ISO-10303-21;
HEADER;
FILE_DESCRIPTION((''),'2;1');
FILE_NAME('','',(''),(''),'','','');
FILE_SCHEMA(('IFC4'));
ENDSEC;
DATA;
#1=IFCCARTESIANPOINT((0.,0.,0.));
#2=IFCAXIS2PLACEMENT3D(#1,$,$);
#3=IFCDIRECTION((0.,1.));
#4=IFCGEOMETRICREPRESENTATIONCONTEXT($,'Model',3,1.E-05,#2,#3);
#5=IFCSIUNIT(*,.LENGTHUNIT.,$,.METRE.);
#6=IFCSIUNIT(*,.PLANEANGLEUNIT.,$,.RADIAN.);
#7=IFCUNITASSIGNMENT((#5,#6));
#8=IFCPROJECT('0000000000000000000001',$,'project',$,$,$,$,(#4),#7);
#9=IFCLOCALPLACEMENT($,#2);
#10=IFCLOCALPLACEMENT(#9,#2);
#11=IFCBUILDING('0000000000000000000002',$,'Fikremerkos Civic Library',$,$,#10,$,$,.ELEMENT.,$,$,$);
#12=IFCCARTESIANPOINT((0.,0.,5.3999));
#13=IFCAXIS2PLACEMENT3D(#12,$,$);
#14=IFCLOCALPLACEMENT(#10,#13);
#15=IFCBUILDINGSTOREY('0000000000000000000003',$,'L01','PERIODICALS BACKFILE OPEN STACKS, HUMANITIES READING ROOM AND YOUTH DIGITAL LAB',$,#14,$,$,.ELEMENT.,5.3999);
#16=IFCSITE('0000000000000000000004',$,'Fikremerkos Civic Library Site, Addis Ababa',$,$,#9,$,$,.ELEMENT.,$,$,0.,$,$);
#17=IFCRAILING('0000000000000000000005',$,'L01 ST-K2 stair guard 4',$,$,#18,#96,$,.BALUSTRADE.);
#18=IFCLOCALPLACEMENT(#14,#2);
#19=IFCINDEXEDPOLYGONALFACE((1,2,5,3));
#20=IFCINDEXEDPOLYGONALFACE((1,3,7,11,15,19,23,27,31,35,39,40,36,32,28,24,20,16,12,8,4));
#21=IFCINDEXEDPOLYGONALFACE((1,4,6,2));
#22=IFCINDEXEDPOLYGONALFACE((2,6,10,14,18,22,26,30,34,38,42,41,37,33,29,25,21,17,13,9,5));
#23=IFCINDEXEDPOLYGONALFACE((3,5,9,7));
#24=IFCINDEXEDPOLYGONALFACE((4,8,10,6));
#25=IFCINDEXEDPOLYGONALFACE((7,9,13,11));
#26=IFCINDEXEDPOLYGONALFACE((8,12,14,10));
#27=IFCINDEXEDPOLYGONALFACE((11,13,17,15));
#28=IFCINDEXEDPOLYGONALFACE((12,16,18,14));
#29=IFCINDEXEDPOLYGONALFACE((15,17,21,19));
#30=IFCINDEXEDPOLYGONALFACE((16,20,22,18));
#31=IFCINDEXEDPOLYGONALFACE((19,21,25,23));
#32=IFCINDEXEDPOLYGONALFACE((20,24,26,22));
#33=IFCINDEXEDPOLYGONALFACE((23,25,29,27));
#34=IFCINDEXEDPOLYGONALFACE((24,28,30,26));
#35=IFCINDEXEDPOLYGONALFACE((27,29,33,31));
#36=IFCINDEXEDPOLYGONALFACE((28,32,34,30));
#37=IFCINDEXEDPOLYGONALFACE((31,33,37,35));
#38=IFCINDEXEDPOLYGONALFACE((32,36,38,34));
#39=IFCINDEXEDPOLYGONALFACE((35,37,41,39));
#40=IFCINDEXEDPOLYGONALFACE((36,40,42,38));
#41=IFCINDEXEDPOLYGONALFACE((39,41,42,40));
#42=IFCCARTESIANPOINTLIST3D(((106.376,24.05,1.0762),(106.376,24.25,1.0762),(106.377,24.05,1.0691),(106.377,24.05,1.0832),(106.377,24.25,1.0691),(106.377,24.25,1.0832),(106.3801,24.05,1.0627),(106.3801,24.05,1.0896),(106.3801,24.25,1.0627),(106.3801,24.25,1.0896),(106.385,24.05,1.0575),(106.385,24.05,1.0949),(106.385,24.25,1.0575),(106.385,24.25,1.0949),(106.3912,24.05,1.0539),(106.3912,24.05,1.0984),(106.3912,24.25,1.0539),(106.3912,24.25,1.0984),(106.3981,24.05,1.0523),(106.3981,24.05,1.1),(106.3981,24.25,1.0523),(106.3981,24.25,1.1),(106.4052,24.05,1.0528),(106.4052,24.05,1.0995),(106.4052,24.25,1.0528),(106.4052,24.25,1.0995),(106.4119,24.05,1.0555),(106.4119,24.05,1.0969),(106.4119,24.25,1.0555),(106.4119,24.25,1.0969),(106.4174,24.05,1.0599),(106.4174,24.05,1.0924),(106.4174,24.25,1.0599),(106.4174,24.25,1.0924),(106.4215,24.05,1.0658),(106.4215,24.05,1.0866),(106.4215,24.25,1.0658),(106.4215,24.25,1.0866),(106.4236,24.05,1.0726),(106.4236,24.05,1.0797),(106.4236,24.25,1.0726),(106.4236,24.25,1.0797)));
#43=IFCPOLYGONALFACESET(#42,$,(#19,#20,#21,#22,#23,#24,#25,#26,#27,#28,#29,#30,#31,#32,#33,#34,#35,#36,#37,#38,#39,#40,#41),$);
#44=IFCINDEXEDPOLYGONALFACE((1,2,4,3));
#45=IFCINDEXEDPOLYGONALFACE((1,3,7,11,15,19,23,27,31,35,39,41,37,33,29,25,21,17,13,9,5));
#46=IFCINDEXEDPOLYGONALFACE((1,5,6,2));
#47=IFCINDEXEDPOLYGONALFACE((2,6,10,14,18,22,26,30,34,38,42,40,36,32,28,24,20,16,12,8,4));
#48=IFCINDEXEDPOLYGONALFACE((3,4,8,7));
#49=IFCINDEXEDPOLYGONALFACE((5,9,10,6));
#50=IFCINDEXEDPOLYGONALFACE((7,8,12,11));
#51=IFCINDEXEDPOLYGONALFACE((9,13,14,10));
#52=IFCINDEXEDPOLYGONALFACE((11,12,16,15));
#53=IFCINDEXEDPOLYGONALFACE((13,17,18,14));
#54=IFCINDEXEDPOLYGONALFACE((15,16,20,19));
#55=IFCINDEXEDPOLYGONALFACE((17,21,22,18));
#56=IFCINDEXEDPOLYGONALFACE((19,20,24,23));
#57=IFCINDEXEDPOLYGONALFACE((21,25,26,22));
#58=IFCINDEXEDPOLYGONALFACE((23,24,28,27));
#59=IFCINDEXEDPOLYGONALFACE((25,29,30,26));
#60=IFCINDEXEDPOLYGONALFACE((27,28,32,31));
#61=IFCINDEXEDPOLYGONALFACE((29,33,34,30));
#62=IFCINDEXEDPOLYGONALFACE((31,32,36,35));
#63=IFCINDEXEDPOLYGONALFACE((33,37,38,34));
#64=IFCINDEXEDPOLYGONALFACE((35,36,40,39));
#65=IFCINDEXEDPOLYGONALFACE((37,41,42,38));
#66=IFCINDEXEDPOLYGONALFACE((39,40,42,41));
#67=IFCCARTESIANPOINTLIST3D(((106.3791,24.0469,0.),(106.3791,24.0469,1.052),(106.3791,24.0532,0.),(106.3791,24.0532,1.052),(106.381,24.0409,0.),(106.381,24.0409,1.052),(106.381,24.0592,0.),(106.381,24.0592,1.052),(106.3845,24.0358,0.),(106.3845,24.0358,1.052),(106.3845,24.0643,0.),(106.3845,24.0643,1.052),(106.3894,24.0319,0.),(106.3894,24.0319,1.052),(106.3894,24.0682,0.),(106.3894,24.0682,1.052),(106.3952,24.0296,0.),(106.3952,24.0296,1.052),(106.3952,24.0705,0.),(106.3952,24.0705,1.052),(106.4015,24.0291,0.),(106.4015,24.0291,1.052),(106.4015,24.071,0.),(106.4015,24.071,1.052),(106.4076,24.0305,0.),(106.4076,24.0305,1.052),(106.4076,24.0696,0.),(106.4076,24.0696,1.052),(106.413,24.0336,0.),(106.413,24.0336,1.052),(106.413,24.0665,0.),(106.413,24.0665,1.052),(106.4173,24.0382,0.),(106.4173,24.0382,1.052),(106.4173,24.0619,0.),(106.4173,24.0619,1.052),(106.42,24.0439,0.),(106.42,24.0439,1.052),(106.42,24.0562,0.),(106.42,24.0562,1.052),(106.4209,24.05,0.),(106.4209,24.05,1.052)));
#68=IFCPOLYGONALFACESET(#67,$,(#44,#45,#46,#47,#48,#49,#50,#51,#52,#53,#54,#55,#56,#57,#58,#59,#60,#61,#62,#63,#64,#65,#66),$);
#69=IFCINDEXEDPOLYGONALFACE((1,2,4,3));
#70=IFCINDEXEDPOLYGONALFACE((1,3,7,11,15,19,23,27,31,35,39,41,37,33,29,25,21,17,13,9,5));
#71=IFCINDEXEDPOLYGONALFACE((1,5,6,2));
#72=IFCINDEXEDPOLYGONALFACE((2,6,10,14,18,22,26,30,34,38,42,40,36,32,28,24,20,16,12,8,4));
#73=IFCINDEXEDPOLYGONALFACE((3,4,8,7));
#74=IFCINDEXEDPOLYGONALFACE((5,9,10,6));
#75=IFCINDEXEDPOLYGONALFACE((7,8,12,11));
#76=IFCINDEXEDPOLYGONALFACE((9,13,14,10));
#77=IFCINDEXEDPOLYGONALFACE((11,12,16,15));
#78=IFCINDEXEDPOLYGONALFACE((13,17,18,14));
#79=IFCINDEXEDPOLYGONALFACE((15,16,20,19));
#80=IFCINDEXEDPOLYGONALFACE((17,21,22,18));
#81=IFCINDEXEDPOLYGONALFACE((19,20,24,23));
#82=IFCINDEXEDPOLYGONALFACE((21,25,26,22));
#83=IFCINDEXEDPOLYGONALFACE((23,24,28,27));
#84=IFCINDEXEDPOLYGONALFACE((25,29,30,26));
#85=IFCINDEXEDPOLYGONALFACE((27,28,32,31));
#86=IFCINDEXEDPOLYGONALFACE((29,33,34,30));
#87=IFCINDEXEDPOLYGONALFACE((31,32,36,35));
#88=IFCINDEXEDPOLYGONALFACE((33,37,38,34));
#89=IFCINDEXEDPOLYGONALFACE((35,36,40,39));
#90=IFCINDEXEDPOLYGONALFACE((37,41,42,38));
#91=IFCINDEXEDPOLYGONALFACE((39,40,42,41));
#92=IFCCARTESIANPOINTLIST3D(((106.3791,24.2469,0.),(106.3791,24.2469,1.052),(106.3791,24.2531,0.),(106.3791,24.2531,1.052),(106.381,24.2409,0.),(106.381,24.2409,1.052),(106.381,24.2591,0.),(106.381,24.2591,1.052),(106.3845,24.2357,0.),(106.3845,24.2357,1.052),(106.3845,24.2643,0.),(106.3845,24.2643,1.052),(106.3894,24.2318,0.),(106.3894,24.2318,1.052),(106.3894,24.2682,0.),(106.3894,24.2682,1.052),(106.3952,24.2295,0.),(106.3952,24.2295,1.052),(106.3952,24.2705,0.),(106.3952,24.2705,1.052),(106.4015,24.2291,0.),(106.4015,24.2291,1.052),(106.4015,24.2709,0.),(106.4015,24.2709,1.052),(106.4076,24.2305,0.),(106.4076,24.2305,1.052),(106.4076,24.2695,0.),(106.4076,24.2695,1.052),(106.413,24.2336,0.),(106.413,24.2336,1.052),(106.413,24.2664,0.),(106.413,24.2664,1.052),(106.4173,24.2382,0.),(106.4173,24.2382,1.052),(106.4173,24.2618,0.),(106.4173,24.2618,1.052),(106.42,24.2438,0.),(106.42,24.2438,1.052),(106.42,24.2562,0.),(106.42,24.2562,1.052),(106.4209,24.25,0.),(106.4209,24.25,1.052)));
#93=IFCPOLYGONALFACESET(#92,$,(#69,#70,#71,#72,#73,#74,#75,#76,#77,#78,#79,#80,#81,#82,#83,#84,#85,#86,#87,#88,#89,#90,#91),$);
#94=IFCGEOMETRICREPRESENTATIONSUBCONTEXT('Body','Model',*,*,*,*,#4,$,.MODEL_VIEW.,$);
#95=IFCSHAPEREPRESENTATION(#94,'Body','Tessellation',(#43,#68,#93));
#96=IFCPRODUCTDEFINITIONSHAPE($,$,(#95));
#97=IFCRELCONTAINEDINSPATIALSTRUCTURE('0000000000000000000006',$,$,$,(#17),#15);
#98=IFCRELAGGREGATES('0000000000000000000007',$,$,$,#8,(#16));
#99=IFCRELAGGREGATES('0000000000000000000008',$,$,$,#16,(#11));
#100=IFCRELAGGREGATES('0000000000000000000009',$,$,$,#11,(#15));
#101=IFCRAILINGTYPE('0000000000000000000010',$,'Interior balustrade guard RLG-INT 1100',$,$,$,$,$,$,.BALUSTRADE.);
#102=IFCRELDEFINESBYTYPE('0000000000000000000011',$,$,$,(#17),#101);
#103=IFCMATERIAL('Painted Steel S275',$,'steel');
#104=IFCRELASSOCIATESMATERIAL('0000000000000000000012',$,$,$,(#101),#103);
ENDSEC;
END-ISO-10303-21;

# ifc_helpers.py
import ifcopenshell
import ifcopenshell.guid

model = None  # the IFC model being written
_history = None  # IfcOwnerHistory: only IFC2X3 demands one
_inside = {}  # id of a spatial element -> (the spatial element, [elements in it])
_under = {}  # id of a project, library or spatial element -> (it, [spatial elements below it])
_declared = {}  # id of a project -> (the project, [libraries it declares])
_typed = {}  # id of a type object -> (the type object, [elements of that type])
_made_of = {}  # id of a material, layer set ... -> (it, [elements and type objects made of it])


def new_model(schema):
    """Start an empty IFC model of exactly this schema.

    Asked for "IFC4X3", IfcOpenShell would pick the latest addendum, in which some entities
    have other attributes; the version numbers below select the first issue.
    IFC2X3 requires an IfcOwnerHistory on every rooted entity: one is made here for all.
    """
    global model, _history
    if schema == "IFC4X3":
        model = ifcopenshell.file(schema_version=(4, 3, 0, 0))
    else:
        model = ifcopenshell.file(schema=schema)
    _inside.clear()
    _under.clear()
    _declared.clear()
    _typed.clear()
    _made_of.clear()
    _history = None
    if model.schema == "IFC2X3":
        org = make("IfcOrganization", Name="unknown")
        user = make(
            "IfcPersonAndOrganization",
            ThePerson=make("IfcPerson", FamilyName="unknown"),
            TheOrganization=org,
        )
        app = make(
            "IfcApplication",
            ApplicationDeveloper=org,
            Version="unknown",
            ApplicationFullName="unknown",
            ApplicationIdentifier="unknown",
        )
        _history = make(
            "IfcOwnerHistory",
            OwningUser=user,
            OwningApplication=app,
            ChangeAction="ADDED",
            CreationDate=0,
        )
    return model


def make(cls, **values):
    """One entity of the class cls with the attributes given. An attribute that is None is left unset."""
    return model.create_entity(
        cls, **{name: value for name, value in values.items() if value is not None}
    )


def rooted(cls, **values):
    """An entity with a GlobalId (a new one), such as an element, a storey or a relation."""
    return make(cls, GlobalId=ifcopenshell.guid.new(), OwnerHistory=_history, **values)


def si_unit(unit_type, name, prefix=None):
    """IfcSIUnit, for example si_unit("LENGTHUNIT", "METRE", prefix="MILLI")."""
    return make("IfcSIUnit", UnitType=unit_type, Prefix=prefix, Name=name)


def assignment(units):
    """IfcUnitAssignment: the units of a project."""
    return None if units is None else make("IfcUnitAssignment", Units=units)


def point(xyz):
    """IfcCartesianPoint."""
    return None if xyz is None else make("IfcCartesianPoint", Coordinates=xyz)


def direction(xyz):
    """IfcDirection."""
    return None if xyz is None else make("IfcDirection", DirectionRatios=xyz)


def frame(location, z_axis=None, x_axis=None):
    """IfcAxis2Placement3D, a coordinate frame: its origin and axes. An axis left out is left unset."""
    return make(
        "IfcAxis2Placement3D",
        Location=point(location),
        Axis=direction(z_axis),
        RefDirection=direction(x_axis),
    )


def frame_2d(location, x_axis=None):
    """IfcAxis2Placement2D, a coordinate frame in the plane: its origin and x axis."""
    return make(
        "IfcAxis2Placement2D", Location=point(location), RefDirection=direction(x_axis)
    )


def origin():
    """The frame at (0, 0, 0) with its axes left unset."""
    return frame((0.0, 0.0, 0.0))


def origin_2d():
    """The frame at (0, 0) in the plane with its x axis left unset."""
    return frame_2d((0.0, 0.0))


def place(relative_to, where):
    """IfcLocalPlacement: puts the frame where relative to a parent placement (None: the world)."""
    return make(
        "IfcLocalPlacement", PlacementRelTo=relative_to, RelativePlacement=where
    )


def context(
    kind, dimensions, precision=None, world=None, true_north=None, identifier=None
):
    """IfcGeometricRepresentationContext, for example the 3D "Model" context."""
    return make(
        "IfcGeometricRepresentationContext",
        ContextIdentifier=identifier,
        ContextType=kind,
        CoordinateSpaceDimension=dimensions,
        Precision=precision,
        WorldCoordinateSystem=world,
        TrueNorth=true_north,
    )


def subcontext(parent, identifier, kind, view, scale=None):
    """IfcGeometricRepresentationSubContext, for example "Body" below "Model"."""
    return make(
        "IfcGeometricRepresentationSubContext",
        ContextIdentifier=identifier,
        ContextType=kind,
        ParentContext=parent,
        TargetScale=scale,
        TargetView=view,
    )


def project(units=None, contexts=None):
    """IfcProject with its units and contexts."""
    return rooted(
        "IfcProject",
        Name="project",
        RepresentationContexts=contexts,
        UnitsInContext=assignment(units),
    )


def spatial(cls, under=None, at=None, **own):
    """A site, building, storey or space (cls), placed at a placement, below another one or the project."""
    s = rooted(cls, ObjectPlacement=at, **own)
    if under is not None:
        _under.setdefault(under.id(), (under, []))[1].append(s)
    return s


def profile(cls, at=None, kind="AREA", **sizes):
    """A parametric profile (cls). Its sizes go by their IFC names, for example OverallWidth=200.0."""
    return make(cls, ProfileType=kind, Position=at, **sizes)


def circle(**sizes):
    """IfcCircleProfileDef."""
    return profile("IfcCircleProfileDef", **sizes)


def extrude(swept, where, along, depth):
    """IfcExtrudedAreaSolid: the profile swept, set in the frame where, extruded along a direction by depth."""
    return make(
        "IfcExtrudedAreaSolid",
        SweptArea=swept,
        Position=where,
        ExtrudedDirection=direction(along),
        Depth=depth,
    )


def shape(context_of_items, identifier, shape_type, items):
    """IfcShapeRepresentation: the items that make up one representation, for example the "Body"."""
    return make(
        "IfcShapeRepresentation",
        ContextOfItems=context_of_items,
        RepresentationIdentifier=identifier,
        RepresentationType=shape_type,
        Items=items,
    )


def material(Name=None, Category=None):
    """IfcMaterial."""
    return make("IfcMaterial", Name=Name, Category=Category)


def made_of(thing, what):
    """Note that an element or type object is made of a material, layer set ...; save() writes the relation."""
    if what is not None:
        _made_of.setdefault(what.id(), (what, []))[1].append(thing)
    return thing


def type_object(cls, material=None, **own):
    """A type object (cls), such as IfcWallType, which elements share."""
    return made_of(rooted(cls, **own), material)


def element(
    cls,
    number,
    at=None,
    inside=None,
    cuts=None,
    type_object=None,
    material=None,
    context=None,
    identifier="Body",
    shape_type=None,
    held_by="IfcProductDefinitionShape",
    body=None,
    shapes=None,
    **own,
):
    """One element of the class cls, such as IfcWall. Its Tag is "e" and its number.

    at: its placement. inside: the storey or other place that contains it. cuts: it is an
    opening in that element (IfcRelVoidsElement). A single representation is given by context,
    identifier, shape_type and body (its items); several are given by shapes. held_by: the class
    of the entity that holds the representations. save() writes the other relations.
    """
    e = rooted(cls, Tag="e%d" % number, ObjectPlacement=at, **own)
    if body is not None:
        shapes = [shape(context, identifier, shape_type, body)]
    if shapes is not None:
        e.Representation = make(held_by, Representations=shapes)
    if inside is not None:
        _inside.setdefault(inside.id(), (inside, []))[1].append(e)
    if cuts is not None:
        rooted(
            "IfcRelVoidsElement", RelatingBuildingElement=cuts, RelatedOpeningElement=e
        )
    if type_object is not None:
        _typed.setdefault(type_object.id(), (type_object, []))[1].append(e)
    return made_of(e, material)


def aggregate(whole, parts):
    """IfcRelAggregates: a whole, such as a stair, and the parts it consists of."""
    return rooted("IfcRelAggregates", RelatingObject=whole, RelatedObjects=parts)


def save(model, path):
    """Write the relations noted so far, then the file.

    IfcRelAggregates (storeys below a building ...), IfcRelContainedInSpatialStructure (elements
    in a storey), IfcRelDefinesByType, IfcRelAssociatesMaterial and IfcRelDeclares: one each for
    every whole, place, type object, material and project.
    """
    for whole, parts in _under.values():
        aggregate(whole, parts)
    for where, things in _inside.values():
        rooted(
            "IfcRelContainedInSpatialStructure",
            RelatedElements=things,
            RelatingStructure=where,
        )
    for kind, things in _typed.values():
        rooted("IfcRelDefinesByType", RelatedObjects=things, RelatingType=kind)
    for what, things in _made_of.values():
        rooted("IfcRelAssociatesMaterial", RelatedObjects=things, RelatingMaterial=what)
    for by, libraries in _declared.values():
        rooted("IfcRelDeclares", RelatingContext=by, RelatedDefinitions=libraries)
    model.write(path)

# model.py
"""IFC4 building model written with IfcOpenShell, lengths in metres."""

from ifc_helpers import new_model, si_unit, direction, frame, origin, origin_2d, place, context, subcontext, project, spatial, circle, extrude, material, type_object, element, save


model = new_model("IFC4")

# Units and contexts
model_context = context("Model", 3, precision=1e-05, world=origin(), true_north=direction((0.0, 1.0)))
body_context = subcontext(model_context, "Body", "Model", "MODEL_VIEW")
ifc_project = project(units=[si_unit("LENGTHUNIT", "METRE"), si_unit("PLANEANGLEUNIT", "RADIAN")], contexts=[model_context])

# Site, building, storey
site_placement = place(None, origin())
site = spatial("IfcSite", under=ifc_project, at=site_placement, Name="Fikremerkos Civic Library Site, Addis Ababa", CompositionType="ELEMENT", RefElevation=0.0)
building_placement = place(site_placement, origin())
building = spatial("IfcBuilding", under=site, at=building_placement, Name="Fikremerkos Civic Library", CompositionType="ELEMENT")
storey_placement = place(building_placement, frame((0.0, 0.0, 5.3999)))
storey = spatial("IfcBuildingStorey", under=building, at=storey_placement, Name="L01", Description="PERIODICALS BACKFILE OPEN STACKS, HUMANITIES READING ROOM AND YOUTH DIGITAL LAB", CompositionType="ELEMENT", Elevation=5.3999)

# Railing
ifc_material_1 = material(Name="Painted Steel S275", Category="steel")
railing_type_1 = type_object("IfcRailingType", Name="Interior balustrade guard RLG-INT 1100", PredefinedType="BALUSTRADE", material=ifc_material_1)
railing_1_placement = place(storey_placement, frame((106.3999, 24.05, 0.0)))
element("IfcRailing", 1, at=railing_1_placement, inside=storey, type_object=railing_type_1, Name="L01 ST-K2 stair guard 4", PredefinedType="BALUSTRADE", context=body_context, shape_type="SweptSolid", body=[
    extrude(circle(Radius=0.0239, at=origin_2d()), frame((0.0, 0.0, 1.0762), z_axis=(0.0, 1.0, 0.0), x_axis=(-1.0, 0.0, 0.0)), (0.0, 0.0, 1.0), 0.2),
    extrude(circle(Radius=0.021, at=origin_2d()), origin(), (0.0, 0.0, 1.0), 1.052),
    extrude(circle(Radius=0.021, at=origin_2d()), frame((0.0, 0.2, 0.0)), (0.0, 0.0, 1.0), 1.052),
])

save(model, "model.ifc")
